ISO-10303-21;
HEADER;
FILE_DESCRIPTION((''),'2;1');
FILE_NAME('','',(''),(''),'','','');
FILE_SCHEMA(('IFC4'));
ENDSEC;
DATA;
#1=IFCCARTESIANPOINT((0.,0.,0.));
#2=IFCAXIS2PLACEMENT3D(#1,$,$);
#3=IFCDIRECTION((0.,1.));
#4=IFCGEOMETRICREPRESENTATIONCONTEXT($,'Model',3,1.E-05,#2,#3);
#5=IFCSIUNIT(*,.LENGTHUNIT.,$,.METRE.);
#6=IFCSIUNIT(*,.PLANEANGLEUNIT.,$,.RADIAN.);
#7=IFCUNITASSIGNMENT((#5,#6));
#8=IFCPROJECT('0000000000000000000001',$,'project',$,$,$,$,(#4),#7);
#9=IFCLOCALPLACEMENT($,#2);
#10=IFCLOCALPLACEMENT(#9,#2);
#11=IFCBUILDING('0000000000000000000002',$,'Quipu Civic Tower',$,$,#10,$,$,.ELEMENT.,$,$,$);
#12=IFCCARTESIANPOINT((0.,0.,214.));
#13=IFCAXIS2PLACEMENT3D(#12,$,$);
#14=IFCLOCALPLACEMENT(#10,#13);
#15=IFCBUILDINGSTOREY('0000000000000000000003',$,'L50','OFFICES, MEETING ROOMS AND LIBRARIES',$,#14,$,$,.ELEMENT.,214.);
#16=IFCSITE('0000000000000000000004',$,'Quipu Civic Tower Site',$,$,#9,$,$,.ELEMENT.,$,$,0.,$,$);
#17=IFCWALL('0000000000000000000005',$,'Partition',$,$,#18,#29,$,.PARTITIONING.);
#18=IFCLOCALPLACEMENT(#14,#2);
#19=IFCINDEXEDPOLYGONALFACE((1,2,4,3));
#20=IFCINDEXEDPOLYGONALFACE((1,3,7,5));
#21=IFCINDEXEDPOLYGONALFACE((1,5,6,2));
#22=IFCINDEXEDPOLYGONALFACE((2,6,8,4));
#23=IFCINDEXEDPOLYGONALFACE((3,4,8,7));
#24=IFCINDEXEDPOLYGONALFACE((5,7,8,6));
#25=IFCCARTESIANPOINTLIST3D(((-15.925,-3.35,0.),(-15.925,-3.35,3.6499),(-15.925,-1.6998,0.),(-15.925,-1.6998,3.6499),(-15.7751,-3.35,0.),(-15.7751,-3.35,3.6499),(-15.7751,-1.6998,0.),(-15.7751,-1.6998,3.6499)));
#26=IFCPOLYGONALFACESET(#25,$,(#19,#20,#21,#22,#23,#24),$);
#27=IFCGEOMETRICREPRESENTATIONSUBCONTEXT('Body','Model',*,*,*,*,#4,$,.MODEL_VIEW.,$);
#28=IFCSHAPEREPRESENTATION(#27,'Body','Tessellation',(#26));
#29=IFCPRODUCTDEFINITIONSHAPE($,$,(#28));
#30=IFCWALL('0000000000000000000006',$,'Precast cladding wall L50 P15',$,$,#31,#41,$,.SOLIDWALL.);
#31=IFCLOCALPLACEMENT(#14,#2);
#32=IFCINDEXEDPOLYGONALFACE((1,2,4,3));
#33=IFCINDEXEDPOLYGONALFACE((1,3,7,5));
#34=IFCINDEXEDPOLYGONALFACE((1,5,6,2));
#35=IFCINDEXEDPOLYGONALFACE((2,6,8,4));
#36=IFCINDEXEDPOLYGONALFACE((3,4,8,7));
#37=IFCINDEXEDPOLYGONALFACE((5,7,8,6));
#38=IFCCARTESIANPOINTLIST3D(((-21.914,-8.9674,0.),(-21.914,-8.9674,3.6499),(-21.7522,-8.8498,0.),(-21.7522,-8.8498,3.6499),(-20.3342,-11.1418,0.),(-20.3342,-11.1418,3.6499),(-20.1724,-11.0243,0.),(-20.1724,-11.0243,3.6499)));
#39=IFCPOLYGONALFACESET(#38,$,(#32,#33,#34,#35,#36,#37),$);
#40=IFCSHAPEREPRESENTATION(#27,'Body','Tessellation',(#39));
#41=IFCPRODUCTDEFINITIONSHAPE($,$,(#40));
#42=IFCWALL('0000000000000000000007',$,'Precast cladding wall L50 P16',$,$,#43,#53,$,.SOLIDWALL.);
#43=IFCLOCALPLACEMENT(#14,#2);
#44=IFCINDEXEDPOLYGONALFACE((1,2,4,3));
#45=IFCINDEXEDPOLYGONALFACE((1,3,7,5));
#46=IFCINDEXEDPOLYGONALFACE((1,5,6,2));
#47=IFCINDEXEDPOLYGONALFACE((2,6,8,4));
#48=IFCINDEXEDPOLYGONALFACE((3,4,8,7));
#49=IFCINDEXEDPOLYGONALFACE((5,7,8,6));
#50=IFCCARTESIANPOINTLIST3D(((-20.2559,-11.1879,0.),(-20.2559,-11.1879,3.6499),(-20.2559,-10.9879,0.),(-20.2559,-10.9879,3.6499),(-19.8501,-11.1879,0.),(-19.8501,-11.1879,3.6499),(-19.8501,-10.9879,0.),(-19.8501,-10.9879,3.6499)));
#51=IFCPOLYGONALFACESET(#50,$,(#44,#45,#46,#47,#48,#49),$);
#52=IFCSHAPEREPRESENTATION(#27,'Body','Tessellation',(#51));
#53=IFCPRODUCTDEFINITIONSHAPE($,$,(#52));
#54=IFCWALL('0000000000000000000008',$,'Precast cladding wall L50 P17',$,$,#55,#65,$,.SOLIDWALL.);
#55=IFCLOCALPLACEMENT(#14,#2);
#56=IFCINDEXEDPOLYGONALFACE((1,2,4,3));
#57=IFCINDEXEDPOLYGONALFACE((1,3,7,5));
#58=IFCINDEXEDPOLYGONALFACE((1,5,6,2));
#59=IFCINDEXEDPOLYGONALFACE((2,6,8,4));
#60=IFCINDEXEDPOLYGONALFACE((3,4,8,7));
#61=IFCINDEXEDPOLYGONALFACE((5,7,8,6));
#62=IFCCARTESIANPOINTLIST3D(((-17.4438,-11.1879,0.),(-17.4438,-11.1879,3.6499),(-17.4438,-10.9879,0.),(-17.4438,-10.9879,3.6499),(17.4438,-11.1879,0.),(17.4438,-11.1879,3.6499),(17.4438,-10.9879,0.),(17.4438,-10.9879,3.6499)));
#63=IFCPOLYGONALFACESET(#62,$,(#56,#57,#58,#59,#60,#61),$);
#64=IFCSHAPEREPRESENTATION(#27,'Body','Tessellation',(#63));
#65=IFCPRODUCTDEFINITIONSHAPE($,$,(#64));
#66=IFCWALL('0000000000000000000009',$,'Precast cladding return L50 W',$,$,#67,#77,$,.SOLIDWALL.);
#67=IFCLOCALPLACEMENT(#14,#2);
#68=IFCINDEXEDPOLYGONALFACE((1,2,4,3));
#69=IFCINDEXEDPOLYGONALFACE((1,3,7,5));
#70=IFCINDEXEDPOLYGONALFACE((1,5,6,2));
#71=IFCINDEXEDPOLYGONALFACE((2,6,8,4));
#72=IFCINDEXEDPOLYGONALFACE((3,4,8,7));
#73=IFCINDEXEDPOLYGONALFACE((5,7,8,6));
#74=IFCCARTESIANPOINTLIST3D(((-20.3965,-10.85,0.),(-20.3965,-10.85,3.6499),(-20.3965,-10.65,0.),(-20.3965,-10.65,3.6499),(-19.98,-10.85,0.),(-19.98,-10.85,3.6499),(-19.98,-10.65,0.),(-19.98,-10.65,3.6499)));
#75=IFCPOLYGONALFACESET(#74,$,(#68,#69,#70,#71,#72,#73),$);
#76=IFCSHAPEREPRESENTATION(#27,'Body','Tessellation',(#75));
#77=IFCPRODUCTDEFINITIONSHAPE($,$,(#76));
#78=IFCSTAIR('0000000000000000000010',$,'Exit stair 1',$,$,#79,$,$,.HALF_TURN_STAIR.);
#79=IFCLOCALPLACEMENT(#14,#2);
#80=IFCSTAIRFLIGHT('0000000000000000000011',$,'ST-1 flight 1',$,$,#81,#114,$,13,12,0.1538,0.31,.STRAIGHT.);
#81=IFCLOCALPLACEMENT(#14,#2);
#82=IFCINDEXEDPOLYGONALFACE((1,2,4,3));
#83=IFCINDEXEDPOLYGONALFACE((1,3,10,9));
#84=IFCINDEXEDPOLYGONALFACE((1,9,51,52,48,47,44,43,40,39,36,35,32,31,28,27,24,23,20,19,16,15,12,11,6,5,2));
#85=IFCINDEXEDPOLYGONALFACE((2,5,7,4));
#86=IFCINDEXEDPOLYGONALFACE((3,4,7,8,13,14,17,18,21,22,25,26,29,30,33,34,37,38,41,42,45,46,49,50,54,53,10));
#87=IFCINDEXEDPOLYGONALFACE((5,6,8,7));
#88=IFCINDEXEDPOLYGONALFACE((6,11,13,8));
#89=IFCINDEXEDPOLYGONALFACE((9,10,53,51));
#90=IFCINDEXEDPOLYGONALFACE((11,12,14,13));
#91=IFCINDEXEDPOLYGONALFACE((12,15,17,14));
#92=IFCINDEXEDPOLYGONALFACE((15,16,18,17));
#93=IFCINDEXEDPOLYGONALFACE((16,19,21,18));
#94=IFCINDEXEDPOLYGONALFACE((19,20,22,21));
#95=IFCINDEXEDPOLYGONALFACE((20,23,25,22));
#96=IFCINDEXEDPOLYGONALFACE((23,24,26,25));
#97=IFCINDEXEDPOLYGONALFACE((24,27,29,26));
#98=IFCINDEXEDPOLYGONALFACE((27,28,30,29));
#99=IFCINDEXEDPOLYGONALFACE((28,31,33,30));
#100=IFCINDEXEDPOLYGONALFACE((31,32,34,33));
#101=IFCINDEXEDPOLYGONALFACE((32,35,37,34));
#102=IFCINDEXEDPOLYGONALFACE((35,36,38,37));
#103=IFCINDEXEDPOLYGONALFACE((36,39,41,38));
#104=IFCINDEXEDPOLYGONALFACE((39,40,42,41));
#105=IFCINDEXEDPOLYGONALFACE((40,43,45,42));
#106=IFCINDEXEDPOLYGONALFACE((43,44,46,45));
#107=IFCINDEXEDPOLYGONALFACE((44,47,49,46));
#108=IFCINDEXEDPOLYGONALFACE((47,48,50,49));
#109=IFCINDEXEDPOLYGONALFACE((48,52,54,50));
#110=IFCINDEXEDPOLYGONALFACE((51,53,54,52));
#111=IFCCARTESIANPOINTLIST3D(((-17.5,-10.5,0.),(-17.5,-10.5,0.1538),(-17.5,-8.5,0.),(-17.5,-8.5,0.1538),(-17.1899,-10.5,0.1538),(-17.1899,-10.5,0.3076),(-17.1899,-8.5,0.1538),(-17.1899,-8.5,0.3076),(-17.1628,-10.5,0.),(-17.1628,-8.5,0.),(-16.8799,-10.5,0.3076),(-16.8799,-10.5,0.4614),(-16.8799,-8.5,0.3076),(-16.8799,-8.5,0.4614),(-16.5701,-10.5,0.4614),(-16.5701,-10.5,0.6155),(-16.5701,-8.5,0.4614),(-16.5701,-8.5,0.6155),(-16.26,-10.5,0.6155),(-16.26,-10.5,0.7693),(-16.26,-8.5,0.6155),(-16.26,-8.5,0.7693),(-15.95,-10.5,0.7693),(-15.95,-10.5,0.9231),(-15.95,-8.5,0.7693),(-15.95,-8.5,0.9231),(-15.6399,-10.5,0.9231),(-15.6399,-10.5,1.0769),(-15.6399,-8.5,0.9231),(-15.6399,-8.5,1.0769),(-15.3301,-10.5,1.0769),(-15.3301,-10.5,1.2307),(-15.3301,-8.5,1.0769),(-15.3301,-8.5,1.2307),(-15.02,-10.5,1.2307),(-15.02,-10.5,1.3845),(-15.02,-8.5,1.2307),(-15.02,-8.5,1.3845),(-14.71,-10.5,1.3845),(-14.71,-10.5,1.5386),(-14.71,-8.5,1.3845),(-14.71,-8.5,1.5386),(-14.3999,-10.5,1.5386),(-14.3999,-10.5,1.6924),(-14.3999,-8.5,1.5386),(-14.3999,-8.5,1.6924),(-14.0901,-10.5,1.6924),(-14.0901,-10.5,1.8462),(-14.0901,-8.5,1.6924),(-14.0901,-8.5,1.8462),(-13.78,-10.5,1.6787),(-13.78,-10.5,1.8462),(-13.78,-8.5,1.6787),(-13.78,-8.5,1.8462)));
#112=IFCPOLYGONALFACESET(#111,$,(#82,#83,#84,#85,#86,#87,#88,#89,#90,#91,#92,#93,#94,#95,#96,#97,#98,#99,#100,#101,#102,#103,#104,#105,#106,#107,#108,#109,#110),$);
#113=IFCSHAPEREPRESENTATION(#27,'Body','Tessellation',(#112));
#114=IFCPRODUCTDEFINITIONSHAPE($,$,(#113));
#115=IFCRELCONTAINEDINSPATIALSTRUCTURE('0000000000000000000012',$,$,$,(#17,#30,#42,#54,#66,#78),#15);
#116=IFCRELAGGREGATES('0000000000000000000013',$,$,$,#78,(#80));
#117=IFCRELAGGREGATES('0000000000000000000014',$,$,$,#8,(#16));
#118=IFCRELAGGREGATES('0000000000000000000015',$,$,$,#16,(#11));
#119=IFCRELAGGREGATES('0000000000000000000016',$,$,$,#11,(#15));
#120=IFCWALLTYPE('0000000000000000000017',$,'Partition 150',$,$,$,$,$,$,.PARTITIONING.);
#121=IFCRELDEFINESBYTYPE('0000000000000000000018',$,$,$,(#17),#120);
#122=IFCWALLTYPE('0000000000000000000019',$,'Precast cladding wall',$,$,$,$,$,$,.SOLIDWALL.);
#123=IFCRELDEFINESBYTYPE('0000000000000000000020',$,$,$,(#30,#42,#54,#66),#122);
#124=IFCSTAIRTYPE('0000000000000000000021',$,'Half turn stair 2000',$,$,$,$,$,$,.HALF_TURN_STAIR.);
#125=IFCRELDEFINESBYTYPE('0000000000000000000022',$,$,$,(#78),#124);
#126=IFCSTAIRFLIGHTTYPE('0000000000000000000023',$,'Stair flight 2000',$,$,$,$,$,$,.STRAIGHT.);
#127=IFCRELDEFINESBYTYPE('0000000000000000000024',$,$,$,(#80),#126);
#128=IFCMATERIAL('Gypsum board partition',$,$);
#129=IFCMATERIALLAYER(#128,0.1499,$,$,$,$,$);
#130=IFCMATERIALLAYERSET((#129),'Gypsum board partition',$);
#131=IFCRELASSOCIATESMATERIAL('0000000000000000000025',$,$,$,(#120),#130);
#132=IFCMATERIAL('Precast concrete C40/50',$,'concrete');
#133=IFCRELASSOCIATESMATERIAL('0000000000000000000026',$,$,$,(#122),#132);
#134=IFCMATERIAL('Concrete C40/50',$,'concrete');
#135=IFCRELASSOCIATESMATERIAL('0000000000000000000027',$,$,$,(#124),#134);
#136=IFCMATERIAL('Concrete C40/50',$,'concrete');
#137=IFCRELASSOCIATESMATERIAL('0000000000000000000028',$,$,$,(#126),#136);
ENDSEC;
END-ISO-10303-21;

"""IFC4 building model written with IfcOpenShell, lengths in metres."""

from ifc_helpers import new_model, si_unit, direction, frame, frame_2d, origin, place, context, subcontext, project, spatial, polyline, rectangle, outline, extrude, material, layer, layer_set, type_object, element, aggregate, save


model = new_model("IFC4")

# Units and contexts
model_context = context("Model", 3, precision=1e-05, world=origin(), true_north=direction((0.0, 1.0)))
body_context = subcontext(model_context, "Body", "Model", "MODEL_VIEW")
ifc_project = project(units=[si_unit("LENGTHUNIT", "METRE"), si_unit("PLANEANGLEUNIT", "RADIAN")], contexts=[model_context])

# Site, building, storey
site_placement = place(None, origin())
site = spatial("IfcSite", under=ifc_project, at=site_placement, Name="Quipu Civic Tower Site", CompositionType="ELEMENT", RefElevation=0.0)
building_placement = place(site_placement, origin())
building = spatial("IfcBuilding", under=site, at=building_placement, Name="Quipu Civic Tower", CompositionType="ELEMENT")
storey_placement = place(building_placement, frame((0.0, 0.0, 214.0)))
storey = spatial("IfcBuildingStorey", under=building, at=storey_placement, Name="L50", Description="OFFICES, MEETING ROOMS AND LIBRARIES", CompositionType="ELEMENT", Elevation=214.0)

# Walls
ifc_material_1 = material(Name="Gypsum board partition")
ifc_layer_1 = layer(ifc_material_1, 0.1499)
ifc_layer_set_1 = layer_set([ifc_layer_1], Name="Gypsum board partition")
wall_type_1 = type_object("IfcWallType", Name="Partition 150", PredefinedType="PARTITIONING", material=ifc_layer_set_1)
wall_1_placement = place(storey_placement, frame((-15.8501, -3.3501, 0.0), z_axis=(0.0, 0.0, 1.0), x_axis=(0.0, 1.0, 0.0)))
element("IfcWall", 1, at=wall_1_placement, inside=storey, type_object=wall_type_1, Name="Partition", PredefinedType="PARTITIONING", context=body_context, shape_type="SweptSolid", body=[
    extrude(rectangle(XDim=1.6501, YDim=0.1499, at=frame_2d((0.8252, 0.0))), origin(), (0.0, 0.0, 1.0), 3.6499),
])
ifc_material_2 = material(Name="Precast concrete C40/50", Category="concrete")
wall_type_2 = type_object("IfcWallType", Name="Precast cladding wall", PredefinedType="SOLIDWALL", material=ifc_material_2)
wall_2_placement = place(storey_placement, frame((-21.833, -8.9087, 0.0), z_axis=(0.0, 0.0, 1.0), x_axis=(0.587767, -0.809031, 0.0)))
element("IfcWall", 2, at=wall_2_placement, inside=storey, type_object=wall_type_2, Name="Precast cladding wall L50 P15", PredefinedType="SOLIDWALL", context=body_context, shape_type="SweptSolid", body=[
    extrude(rectangle(XDim=2.6877, YDim=0.2, at=frame_2d((1.3438, 0.0))), origin(), (0.0, 0.0, 1.0), 3.6499),
])
wall_3_placement = place(storey_placement, frame((-20.2559, -11.0879, 0.0), z_axis=(0.0, 0.0, 1.0), x_axis=(1.0, 0.0, 0.0)))
element("IfcWall", 3, at=wall_3_placement, inside=storey, type_object=wall_type_2, Name="Precast cladding wall L50 P16", PredefinedType="SOLIDWALL", context=body_context, shape_type="SweptSolid", body=[
    extrude(rectangle(XDim=0.4058, YDim=0.2, at=frame_2d((0.2029, 0.0))), origin(), (0.0, 0.0, 1.0), 3.6499),
])
wall_4_placement = place(storey_placement, frame((-17.4438, -11.0879, 0.0), z_axis=(0.0, 0.0, 1.0), x_axis=(1.0, 0.0, 0.0)))
element("IfcWall", 4, at=wall_4_placement, inside=storey, type_object=wall_type_2, Name="Precast cladding wall L50 P17", PredefinedType="SOLIDWALL", context=body_context, shape_type="SweptSolid", body=[
    extrude(rectangle(XDim=34.8877, YDim=0.2, at=frame_2d((17.4438, 0.0))), origin(), (0.0, 0.0, 1.0), 3.6499),
])
wall_5_placement = place(storey_placement, frame((-19.98, -10.75, 0.0), z_axis=(0.0, 0.0, 1.0), x_axis=(-1.0, 0.0, 0.0)))
element("IfcWall", 5, at=wall_5_placement, inside=storey, type_object=wall_type_2, Name="Precast cladding return L50 W", PredefinedType="SOLIDWALL", context=body_context, shape_type="SweptSolid", body=[
    extrude(rectangle(XDim=0.4165, YDim=0.2, at=frame_2d((0.2083, 0.0))), origin(), (0.0, 0.0, 1.0), 3.6499),
])

# Stair, stair flight
ifc_material_3 = material(Name="Concrete C40/50", Category="concrete")
stair_type = type_object("IfcStairType", Name="Half turn stair 2000", PredefinedType="HALF_TURN_STAIR", material=ifc_material_3)
stair_placement = place(storey_placement, origin())
stair = element("IfcStair", 6, at=stair_placement, inside=storey, type_object=stair_type, Name="Exit stair 1", PredefinedType="HALF_TURN_STAIR")
ifc_material_4 = material(Name="Concrete C40/50", Category="concrete")
stair_flight_type = type_object("IfcStairFlightType", Name="Stair flight 2000", PredefinedType="STRAIGHT", material=ifc_material_4)
stair_flight_placement = place(storey_placement, frame((-17.5, -9.5, 0.0), z_axis=(0.0, 0.0, 1.0), x_axis=(1.0, 0.0, 0.0)))
stair_flight = element("IfcStairFlight", 7, at=stair_flight_placement, type_object=stair_flight_type, Name="ST-1 flight 1", NumberOfRisers=13, NumberOfTreads=12, PredefinedType="STRAIGHT", RiserHeight=0.1538, TreadLength=0.31, context=body_context, shape_type="SweptSolid", body=[
    extrude(outline(polyline([(0.0, 0.0), (0.0, 0.1538), (0.3101, 0.1538), (0.3101, 0.3076), (0.6201, 0.3076), (0.6201, 0.4614), (0.9299, 0.4614), (0.9299, 0.6155), (1.24, 0.6155), (1.24, 0.7693), (1.55, 0.7693), (1.55, 0.9231), (1.8601, 0.9231), (1.8601, 1.0769), (2.1699, 1.0769), (2.1699, 1.2307), (2.48, 1.2307), (2.48, 1.3845), (2.79, 1.3845), (2.79, 1.5386), (3.1001, 1.5386), (3.1001, 1.6924), (3.4099, 1.6924), (3.4099, 1.8462), (3.72, 1.8462), (3.72, 2.0), (3.72, 1.6787), (0.3372, 0.0), (0.0, 0.0)])), frame((0.0, 1.0, 0.0), z_axis=(0.0, -1.0, 0.0), x_axis=(1.0, 0.0, 0.0)), (0.0, 0.0, 1.0), 2.0),
])
aggregate(stair, [stair_flight])

save(model, "model.ifc")
